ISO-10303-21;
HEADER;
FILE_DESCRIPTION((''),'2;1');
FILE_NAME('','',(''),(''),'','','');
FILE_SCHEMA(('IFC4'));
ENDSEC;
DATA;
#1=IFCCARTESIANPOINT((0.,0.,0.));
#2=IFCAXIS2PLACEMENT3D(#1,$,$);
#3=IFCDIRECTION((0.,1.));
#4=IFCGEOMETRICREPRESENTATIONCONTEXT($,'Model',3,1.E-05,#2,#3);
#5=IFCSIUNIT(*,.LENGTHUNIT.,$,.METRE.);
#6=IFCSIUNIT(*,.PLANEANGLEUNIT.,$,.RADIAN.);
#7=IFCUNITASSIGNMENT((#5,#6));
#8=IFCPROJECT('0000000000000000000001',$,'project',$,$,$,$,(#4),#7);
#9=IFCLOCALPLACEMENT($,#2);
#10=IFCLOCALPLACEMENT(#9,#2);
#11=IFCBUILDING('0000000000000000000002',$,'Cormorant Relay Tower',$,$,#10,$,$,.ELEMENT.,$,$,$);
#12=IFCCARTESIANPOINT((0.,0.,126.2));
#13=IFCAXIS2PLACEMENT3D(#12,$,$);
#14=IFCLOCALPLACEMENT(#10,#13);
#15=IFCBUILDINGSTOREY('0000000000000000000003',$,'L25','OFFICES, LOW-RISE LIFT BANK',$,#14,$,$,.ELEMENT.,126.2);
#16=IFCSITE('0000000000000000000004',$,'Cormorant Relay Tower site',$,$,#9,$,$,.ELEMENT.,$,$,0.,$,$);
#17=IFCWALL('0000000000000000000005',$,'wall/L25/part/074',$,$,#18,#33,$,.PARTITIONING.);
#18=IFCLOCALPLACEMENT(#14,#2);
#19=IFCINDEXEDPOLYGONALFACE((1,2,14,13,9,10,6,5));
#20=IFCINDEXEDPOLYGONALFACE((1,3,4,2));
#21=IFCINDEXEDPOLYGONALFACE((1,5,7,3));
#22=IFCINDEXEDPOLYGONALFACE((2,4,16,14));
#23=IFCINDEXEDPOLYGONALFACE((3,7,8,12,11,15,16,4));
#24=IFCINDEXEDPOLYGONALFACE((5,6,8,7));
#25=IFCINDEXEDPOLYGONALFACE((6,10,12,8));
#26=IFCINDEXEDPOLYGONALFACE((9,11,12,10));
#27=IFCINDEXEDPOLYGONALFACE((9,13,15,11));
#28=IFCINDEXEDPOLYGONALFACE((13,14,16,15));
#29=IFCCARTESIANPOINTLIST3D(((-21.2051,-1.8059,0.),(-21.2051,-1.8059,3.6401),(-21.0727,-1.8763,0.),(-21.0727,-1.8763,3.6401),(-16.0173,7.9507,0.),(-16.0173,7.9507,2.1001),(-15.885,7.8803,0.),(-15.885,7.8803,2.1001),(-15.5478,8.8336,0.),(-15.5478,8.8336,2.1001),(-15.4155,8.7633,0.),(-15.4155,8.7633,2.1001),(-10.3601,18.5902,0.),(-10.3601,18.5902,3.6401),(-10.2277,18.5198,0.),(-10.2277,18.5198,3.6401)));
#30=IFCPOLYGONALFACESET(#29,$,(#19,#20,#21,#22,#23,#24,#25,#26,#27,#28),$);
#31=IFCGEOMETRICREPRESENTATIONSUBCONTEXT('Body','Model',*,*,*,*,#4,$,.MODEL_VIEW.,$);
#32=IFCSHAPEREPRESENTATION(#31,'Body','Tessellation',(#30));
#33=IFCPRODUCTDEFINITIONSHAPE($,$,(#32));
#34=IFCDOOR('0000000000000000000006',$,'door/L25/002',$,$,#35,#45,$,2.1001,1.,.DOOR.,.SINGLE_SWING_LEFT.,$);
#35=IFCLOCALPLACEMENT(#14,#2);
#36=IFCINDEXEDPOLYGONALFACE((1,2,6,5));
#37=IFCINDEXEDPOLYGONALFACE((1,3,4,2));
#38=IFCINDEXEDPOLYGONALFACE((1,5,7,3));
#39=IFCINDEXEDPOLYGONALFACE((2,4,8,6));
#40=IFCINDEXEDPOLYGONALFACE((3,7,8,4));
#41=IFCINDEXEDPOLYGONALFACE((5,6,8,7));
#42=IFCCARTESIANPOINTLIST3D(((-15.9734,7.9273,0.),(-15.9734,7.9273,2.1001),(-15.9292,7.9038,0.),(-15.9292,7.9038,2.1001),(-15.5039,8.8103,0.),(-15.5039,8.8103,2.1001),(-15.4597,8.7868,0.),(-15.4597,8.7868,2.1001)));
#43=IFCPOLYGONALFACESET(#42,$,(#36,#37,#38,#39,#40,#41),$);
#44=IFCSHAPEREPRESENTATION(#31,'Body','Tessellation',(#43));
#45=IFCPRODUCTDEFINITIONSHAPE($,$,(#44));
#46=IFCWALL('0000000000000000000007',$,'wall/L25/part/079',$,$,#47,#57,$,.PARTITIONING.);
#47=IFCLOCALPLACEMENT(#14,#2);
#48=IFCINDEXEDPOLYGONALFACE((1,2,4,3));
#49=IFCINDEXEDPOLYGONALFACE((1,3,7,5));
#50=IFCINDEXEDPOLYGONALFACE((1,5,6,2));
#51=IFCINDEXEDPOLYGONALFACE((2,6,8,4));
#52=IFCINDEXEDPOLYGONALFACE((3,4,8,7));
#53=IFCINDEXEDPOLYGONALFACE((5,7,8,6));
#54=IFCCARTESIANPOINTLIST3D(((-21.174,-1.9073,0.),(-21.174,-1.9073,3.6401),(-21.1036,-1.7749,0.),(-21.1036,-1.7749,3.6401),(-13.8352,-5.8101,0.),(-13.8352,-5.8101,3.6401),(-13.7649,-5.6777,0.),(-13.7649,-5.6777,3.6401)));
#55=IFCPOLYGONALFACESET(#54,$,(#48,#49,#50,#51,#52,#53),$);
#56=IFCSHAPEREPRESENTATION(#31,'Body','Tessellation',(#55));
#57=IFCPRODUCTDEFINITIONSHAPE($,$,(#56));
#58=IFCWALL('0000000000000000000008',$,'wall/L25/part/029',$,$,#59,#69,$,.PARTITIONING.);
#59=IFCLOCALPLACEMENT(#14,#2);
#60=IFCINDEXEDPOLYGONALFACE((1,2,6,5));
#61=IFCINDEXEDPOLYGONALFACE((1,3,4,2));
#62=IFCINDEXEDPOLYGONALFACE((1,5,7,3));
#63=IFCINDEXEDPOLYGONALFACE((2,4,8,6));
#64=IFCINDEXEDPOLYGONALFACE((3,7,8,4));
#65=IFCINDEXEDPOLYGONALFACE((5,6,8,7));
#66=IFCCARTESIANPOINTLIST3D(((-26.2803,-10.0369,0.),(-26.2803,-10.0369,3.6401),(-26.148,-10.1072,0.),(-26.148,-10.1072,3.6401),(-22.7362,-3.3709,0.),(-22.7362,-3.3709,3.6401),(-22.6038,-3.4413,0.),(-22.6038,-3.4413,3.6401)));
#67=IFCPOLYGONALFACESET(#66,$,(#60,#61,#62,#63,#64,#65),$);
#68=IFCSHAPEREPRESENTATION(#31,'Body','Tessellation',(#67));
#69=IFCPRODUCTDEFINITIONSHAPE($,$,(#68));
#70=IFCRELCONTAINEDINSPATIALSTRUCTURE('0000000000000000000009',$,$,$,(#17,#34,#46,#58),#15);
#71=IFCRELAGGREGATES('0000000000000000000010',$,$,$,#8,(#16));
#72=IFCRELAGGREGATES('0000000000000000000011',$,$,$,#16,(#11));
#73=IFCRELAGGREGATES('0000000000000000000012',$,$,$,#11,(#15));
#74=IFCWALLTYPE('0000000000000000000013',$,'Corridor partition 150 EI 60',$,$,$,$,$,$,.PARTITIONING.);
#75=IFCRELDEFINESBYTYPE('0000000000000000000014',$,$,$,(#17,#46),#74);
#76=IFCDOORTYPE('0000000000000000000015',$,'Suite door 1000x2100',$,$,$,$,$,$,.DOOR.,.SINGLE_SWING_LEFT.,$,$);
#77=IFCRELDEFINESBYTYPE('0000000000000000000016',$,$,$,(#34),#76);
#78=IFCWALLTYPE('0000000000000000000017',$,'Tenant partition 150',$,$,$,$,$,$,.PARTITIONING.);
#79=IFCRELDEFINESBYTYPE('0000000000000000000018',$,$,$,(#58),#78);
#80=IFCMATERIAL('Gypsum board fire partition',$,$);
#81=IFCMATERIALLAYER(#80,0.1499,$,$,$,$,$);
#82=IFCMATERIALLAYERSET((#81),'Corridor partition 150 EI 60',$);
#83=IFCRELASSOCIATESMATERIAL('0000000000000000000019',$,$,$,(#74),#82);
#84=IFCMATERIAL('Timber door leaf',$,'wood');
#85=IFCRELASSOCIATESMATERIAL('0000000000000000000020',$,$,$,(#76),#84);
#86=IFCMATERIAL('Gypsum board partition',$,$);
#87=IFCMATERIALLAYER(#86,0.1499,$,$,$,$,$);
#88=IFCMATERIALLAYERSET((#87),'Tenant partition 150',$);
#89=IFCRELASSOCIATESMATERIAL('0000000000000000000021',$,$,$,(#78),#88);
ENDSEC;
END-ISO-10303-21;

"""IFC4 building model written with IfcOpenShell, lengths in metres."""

from ifc_helpers import new_model, si_unit, direction, frame, frame_2d, origin, place, context, subcontext, project, spatial, rectangle, extrude, material, layer, layer_set, type_object, element, fill, save


model = new_model("IFC4")

# Units and contexts
model_context = context("Model", 3, precision=1e-05, world=origin(), true_north=direction((0.0, 1.0)))
body_context = subcontext(model_context, "Body", "Model", "MODEL_VIEW")
ifc_project = project(units=[si_unit("LENGTHUNIT", "METRE"), si_unit("PLANEANGLEUNIT", "RADIAN")], contexts=[model_context])

# Site, building, storey
site_placement = place(None, origin())
site = spatial("IfcSite", under=ifc_project, at=site_placement, Name="Cormorant Relay Tower site", CompositionType="ELEMENT", RefElevation=0.0)
building_placement = place(site_placement, origin())
building = spatial("IfcBuilding", under=site, at=building_placement, Name="Cormorant Relay Tower", CompositionType="ELEMENT")
storey_placement = place(building_placement, frame((0.0, 0.0, 126.2)))
storey = spatial("IfcBuildingStorey", under=building, at=storey_placement, Name="L25", Description="OFFICES, LOW-RISE LIFT BANK", CompositionType="ELEMENT", Elevation=126.2)

# Shared definitions
ifc_material_1 = material(Name="Gypsum board fire partition")
ifc_layer_1 = layer(ifc_material_1, 0.1499)
ifc_layer_set_1 = layer_set([ifc_layer_1], Name="Corridor partition 150 EI 60")
wall_type_1 = type_object("IfcWallType", Name="Corridor partition 150 EI 60", PredefinedType="PARTITIONING", material=ifc_layer_set_1)
ifc_material_2 = material(Name="Timber door leaf", Category="wood")
door_type_1 = type_object("IfcDoorType", Name="Suite door 1000x2100", OperationType="SINGLE_SWING_LEFT", PredefinedType="DOOR", material=ifc_material_2)

# Wall, opening, door
wall_1_placement = place(storey_placement, frame((-21.1389, -1.8411, 0.0), z_axis=(0.0, 0.0, 1.0), x_axis=(0.469479, 0.882944, 0.0)))
wall_1 = element("IfcWall", 1, at=wall_1_placement, inside=storey, type_object=wall_type_1, Name="wall/L25/part/074", PredefinedType="PARTITIONING", context=body_context, shape_type="SweptSolid", body=[
    extrude(rectangle(XDim=23.1001, YDim=0.1499, at=frame_2d((11.55, 0.0))), origin(), (0.0, 0.0, 1.0), 3.6401),
])
opening_1_placement = place(wall_1_placement, frame((11.05, 0.0, 0.0)))
opening_1 = element("IfcOpeningElement", 2, at=opening_1_placement, cuts=wall_1, PredefinedType="OPENING", context=body_context, shape_type="SweptSolid", body=[
    extrude(rectangle(XDim=1.0, YDim=2.1001, at=frame_2d((0.5, 1.05))), frame((0.0, 0.085, 0.0), z_axis=(0.0, -1.0, 0.0), x_axis=(1.0, 0.0, 0.0)), (0.0, 0.0, 1.0), 0.1699),
])
door_1_placement = place(opening_1_placement, frame((1.0, 0.0, 0.0), z_axis=(0.0, 0.0, 1.0), x_axis=(-1.0, 0.0, 0.0)))
door_1 = element("IfcDoor", 3, at=door_1_placement, inside=storey, type_object=door_type_1, Name="door/L25/002", OperationType="SINGLE_SWING_LEFT", OverallHeight=2.1001, OverallWidth=1.0, PredefinedType="DOOR", context=body_context, shape_type="SweptSolid", body=[
    extrude(rectangle(XDim=1.0, YDim=2.1001, at=frame_2d((0.5, 1.05))), frame((0.0, 0.0249, 0.0), z_axis=(0.0, -1.0, 0.0), x_axis=(1.0, 0.0, 0.0)), (0.0, 0.0, 1.0), 0.05),
])
fill(opening_1, door_1)

# Walls
wall_2_placement = place(storey_placement, frame((-13.8, -5.7439, 0.0), z_axis=(0.0, 0.0, 1.0), x_axis=(-0.882913, 0.469536, 0.0)))
element("IfcWall", 4, at=wall_2_placement, inside=storey, type_object=wall_type_1, Name="wall/L25/part/079", PredefinedType="PARTITIONING", context=body_context, shape_type="SweptSolid", body=[
    extrude(rectangle(XDim=8.312, YDim=0.1499, at=frame_2d((4.156, 0.0))), origin(), (0.0, 0.0, 1.0), 3.6401),
])
ifc_material_3 = material(Name="Gypsum board partition")
ifc_layer_2 = layer(ifc_material_3, 0.1499)
ifc_layer_set_2 = layer_set([ifc_layer_2], Name="Tenant partition 150")
wall_type_2 = type_object("IfcWallType", Name="Tenant partition 150", PredefinedType="PARTITIONING", material=ifc_layer_set_2)
wall_3_placement = place(storey_placement, frame((-22.6699, -3.406, 0.0), z_axis=(0.0, 0.0, 1.0), x_axis=(-0.469452, -0.882958, 0.0)))
element("IfcWall", 5, at=wall_3_placement, inside=storey, type_object=wall_type_2, Name="wall/L25/part/029", PredefinedType="PARTITIONING", context=body_context, shape_type="SweptSolid", body=[
    extrude(rectangle(XDim=7.5496, YDim=0.1499, at=frame_2d((3.7749, 0.0))), origin(), (0.0, 0.0, 1.0), 3.6401),
])

save(model, "model.ifc")
